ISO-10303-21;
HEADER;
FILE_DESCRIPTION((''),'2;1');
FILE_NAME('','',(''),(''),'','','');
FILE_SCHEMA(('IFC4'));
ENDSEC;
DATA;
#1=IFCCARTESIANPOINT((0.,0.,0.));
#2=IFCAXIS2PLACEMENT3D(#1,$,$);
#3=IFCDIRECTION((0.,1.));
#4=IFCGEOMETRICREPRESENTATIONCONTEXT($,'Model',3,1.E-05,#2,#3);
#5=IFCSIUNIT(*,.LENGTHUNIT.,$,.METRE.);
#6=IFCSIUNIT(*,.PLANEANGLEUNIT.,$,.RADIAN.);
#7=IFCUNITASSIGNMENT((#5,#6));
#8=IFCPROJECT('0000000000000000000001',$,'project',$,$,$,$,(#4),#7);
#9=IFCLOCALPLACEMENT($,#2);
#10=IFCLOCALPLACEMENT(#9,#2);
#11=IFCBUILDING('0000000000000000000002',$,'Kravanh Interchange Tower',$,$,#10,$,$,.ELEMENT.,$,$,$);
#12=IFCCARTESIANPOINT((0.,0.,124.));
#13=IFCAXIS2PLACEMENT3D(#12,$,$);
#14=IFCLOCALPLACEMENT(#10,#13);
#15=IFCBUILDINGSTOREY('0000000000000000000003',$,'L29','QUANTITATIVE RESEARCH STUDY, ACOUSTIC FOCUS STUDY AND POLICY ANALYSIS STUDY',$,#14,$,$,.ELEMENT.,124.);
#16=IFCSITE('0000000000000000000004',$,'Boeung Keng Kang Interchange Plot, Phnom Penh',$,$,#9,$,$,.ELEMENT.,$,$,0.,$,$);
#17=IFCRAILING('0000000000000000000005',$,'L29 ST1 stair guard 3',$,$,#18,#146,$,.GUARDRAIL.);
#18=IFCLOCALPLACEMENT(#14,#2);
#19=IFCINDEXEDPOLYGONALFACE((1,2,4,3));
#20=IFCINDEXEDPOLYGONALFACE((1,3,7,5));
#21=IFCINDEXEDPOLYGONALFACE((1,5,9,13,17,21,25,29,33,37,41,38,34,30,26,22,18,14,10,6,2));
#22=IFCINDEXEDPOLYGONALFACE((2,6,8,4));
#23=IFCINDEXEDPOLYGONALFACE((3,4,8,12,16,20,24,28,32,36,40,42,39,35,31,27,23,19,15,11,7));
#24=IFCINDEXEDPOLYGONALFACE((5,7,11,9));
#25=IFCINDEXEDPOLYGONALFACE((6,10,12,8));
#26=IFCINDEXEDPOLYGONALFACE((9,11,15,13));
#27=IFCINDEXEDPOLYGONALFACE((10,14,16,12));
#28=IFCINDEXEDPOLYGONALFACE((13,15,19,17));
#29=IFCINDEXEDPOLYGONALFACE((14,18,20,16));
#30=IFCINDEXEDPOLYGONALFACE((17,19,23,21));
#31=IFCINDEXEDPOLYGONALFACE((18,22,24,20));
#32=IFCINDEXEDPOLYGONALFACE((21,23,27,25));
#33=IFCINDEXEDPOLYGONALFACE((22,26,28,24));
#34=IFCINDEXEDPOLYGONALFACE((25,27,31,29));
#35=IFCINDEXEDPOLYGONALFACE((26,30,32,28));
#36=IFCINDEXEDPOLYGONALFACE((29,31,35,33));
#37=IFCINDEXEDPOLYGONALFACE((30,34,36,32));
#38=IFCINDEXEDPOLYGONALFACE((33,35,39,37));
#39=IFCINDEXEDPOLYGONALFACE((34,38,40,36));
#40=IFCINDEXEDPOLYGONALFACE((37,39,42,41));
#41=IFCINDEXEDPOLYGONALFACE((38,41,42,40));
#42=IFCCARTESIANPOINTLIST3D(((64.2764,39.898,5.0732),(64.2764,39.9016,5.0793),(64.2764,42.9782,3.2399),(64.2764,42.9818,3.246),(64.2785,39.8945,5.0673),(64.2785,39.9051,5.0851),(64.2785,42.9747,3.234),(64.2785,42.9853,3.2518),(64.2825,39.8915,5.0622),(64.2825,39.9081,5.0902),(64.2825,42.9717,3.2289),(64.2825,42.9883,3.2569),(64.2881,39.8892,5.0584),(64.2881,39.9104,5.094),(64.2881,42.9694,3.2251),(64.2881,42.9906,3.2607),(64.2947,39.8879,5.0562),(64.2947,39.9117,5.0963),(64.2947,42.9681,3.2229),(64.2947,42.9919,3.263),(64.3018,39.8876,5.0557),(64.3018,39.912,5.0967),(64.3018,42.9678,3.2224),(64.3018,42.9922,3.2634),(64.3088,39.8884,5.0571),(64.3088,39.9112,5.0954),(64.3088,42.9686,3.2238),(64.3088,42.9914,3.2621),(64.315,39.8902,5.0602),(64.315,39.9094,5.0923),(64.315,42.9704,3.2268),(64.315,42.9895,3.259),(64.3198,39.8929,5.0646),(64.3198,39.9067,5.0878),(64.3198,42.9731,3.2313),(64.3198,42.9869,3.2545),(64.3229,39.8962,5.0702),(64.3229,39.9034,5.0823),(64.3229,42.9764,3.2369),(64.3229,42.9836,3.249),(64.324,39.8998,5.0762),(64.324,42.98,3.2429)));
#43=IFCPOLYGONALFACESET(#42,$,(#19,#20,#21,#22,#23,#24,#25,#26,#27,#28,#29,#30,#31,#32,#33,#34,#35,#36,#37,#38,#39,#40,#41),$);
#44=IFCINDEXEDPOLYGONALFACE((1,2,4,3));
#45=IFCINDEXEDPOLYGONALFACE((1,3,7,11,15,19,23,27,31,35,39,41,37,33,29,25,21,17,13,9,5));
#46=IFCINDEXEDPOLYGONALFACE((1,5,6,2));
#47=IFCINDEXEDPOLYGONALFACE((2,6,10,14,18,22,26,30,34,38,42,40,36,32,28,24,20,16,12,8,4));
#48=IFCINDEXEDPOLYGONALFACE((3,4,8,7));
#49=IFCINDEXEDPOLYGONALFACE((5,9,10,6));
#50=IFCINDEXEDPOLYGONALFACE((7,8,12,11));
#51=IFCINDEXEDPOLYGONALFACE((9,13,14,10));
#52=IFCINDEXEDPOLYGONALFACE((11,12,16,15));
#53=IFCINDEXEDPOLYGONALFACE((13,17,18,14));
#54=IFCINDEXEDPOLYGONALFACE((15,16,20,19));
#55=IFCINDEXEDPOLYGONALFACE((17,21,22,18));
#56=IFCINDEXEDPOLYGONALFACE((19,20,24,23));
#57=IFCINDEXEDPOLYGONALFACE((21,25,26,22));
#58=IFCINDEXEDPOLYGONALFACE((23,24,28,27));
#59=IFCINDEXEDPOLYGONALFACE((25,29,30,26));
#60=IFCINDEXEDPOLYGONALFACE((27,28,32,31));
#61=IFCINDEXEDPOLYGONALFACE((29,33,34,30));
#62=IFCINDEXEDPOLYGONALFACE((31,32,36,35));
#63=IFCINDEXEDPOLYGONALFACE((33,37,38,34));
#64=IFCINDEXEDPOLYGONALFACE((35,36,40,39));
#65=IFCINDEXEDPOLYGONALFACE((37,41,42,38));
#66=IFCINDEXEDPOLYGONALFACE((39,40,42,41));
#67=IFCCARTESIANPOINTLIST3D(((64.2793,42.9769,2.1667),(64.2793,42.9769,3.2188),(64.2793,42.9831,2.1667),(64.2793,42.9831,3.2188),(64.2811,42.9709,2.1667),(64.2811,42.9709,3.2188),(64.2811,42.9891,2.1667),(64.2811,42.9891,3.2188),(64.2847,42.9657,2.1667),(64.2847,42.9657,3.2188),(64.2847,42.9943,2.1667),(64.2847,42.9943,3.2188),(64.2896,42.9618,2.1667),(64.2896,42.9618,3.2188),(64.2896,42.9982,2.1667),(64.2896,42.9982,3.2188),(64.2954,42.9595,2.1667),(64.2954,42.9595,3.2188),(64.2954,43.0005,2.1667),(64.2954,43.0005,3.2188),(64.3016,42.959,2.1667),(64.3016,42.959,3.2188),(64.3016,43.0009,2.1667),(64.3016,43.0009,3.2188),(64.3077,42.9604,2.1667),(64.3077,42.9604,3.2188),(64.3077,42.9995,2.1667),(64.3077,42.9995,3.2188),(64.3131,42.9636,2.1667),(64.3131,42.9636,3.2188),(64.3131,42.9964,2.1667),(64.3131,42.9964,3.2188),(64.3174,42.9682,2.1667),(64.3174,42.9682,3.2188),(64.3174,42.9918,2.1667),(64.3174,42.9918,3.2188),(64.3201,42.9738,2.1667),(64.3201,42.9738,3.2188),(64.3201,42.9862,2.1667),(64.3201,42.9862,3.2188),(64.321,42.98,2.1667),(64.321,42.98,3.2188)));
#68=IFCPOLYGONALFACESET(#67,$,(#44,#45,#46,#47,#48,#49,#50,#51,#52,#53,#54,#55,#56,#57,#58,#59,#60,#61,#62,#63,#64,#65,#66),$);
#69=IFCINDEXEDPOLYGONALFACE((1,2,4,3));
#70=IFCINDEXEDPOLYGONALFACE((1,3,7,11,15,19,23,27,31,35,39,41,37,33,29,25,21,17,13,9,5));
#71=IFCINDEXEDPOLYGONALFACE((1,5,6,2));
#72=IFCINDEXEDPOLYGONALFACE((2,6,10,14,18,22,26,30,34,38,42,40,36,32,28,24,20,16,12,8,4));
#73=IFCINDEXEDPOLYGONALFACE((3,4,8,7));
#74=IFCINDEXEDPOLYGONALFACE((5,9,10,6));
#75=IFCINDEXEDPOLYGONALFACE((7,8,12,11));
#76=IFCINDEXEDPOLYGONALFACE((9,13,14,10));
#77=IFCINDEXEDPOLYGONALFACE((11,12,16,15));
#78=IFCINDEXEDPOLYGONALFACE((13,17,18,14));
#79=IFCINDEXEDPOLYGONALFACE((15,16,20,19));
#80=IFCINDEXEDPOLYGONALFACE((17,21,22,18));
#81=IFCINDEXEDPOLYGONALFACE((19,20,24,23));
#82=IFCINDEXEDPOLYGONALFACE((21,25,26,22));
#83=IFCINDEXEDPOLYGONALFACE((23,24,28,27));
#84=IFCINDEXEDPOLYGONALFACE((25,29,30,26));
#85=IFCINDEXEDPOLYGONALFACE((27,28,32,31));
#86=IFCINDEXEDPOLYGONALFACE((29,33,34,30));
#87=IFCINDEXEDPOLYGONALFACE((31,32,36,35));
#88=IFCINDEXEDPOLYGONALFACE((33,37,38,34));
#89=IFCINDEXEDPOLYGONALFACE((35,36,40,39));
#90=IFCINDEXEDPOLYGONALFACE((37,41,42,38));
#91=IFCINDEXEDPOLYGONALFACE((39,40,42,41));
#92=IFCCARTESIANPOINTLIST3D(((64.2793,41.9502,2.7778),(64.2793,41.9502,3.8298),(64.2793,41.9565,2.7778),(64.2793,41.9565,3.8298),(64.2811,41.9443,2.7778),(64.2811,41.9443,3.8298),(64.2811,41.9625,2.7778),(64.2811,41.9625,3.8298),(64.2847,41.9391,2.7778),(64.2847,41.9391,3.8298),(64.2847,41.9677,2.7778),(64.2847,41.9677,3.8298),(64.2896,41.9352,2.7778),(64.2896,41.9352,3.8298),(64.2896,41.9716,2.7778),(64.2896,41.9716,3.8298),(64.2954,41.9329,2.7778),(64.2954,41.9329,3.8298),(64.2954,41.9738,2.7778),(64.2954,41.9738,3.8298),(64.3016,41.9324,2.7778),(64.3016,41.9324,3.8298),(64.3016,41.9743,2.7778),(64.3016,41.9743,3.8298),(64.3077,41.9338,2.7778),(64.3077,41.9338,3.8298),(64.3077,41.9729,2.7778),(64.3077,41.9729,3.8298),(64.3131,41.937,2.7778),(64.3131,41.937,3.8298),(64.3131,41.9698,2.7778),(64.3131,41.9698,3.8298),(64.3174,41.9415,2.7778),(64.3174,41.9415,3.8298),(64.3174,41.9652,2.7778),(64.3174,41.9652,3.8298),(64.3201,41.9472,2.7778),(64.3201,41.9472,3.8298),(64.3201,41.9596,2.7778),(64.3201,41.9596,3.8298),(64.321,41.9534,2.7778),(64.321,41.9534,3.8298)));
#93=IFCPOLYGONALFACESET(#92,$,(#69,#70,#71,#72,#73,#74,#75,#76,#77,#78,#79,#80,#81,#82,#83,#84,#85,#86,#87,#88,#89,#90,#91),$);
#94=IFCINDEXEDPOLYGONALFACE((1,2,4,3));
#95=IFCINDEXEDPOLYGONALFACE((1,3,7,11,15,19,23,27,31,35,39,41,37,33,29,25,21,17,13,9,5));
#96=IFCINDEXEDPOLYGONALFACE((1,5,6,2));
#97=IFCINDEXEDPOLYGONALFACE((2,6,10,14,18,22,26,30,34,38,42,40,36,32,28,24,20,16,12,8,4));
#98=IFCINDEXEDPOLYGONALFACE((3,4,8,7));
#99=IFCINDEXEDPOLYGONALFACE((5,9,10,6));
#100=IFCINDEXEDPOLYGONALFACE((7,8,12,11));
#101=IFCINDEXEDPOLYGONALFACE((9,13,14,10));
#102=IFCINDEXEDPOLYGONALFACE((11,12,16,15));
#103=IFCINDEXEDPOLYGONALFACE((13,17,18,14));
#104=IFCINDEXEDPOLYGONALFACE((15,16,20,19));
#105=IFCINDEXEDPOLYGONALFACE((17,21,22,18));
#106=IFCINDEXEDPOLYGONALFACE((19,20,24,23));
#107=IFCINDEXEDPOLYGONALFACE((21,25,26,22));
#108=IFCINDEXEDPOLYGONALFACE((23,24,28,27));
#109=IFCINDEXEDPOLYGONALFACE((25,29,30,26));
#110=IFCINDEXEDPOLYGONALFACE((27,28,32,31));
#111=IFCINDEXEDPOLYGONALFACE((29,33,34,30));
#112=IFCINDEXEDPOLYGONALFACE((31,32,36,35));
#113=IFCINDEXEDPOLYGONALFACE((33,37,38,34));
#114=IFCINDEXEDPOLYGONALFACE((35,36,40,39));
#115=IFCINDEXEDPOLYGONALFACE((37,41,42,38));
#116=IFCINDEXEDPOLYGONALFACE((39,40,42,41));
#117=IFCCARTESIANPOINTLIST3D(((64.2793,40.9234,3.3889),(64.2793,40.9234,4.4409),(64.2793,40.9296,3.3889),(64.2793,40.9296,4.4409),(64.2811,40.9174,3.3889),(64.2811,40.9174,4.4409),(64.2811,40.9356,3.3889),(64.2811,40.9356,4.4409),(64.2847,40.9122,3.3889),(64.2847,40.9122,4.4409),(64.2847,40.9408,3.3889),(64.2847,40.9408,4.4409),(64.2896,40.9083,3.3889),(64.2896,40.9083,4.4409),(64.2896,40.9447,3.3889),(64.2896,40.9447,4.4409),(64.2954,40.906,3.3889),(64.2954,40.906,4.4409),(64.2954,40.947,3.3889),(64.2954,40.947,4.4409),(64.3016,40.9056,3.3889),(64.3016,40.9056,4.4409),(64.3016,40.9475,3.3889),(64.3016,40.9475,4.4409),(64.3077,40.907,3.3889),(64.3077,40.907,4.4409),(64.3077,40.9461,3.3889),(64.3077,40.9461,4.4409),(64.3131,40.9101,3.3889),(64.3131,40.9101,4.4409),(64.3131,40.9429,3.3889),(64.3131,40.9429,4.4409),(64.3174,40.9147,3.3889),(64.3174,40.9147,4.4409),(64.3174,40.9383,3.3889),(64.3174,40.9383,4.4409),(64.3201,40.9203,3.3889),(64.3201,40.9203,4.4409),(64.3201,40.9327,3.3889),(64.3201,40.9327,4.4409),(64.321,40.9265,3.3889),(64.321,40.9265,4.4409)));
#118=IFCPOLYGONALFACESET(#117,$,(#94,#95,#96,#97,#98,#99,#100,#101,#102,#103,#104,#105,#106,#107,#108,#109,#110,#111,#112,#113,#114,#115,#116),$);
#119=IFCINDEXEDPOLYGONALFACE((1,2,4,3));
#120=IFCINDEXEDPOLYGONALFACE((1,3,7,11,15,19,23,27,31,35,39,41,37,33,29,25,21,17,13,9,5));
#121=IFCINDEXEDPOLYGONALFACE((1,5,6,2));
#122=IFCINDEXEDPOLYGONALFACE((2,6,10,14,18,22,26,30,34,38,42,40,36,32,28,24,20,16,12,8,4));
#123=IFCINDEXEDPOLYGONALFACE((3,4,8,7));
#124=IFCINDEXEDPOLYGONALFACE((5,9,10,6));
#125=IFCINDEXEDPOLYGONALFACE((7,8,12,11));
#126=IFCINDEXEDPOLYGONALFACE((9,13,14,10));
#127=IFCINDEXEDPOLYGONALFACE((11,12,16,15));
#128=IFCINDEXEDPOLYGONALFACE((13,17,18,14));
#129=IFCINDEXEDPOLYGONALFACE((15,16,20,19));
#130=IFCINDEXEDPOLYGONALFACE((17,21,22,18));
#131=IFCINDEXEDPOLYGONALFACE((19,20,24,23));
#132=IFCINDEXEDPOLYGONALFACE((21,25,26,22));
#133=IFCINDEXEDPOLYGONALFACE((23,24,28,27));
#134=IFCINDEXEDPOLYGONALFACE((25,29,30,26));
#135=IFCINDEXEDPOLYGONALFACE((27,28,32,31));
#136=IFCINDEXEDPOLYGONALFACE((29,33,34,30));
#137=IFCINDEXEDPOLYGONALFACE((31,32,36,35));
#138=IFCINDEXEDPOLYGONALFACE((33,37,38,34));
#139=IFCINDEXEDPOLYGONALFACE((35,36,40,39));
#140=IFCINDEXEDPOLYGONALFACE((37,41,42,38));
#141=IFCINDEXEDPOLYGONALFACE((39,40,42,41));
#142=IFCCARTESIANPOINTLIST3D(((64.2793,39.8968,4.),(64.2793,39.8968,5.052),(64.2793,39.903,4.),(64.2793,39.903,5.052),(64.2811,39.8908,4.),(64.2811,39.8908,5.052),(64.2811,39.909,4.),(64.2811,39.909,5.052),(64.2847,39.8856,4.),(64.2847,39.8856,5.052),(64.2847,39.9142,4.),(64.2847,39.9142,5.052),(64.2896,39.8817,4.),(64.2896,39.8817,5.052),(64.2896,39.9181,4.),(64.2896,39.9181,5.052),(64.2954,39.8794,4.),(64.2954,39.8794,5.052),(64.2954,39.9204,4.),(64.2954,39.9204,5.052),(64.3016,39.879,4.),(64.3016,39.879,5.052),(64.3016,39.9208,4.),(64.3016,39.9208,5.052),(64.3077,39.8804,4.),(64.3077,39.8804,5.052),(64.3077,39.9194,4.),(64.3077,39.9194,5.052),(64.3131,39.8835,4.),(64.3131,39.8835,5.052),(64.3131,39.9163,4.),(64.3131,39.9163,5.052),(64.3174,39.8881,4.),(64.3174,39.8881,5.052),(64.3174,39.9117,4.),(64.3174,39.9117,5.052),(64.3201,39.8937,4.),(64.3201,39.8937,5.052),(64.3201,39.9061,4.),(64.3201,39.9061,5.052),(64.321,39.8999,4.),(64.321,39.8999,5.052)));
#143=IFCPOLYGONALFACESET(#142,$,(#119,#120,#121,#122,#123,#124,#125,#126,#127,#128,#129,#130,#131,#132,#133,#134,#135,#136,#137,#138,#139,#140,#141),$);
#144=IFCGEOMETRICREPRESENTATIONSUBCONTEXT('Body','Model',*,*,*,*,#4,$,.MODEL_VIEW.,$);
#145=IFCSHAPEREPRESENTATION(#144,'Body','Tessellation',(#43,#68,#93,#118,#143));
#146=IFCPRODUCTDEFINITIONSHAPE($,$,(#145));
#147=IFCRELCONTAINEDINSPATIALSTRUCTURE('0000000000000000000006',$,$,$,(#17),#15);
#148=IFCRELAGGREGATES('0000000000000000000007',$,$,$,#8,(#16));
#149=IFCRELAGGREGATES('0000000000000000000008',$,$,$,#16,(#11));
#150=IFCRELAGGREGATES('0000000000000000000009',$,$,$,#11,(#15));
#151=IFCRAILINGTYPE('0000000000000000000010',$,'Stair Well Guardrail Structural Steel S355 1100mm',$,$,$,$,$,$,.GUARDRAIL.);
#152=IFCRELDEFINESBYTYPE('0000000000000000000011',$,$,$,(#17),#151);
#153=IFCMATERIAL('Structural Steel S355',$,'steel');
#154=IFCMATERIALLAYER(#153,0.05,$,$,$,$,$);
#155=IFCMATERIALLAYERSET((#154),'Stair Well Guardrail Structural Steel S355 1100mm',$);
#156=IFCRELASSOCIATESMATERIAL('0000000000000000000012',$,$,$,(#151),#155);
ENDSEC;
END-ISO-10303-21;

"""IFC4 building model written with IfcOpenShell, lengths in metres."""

from ifc_helpers import new_model, si_unit, direction, frame, origin, origin_2d, place, context, subcontext, project, spatial, circle, extrude, material, layer, layer_set, type_object, element, save


model = new_model("IFC4")

# Units and contexts
model_context = context("Model", 3, precision=1e-05, world=origin(), true_north=direction((0.0, 1.0)))
body_context = subcontext(model_context, "Body", "Model", "MODEL_VIEW")
ifc_project = project(units=[si_unit("LENGTHUNIT", "METRE"), si_unit("PLANEANGLEUNIT", "RADIAN")], contexts=[model_context])

# Site, building, storey
site_placement = place(None, origin())
site = spatial("IfcSite", under=ifc_project, at=site_placement, Name="Boeung Keng Kang Interchange Plot, Phnom Penh", CompositionType="ELEMENT", RefElevation=0.0)
building_placement = place(site_placement, origin())
building = spatial("IfcBuilding", under=site, at=building_placement, Name="Kravanh Interchange Tower", CompositionType="ELEMENT")
storey_placement = place(building_placement, frame((0.0, 0.0, 124.0)))
storey = spatial("IfcBuildingStorey", under=building, at=storey_placement, Name="L29", Description="QUANTITATIVE RESEARCH STUDY, ACOUSTIC FOCUS STUDY AND POLICY ANALYSIS STUDY", CompositionType="ELEMENT", Elevation=124.0)

# Railing
ifc_material_1 = material(Name="Structural Steel S355", Category="steel")
ifc_layer_1 = layer(ifc_material_1, 0.05)
ifc_layer_set_1 = layer_set([ifc_layer_1], Name="Stair Well Guardrail Structural Steel S355 1100mm")
railing_type_1 = type_object("IfcRailingType", Name="Stair Well Guardrail Structural Steel S355 1100mm", PredefinedType="GUARDRAIL", material=ifc_layer_set_1)
railing_1_placement = place(storey_placement, frame((64.3, 42.98, 2.1667)))
element("IfcRailing", 1, at=railing_1_placement, inside=storey, type_object=railing_type_1, Name="L29 ST1 stair guard 3", PredefinedType="GUARDRAIL", context=body_context, shape_type="SweptSolid", body=[
    extrude(circle(Radius=0.0239, at=origin_2d()), frame((0.0, 0.0, 1.0762), z_axis=(0.0, -0.859309, 0.511458), x_axis=(1.0, 0.0, 0.0)), (0.0, 0.0, 1.0), 3.5845),
    extrude(circle(Radius=0.021, at=origin_2d()), origin(), (0.0, 0.0, 1.0), 1.052),
    extrude(circle(Radius=0.021, at=origin_2d()), frame((0.0, -1.0266, 0.6111)), (0.0, 0.0, 1.0), 1.052),
    extrude(circle(Radius=0.021, at=origin_2d()), frame((0.0, -2.0535, 1.2222)), (0.0, 0.0, 1.0), 1.052),
    extrude(circle(Radius=0.021, at=origin_2d()), frame((0.0, -3.0801, 1.8333)), (0.0, 0.0, 1.0), 1.052),
])

save(model, "model.ifc")
